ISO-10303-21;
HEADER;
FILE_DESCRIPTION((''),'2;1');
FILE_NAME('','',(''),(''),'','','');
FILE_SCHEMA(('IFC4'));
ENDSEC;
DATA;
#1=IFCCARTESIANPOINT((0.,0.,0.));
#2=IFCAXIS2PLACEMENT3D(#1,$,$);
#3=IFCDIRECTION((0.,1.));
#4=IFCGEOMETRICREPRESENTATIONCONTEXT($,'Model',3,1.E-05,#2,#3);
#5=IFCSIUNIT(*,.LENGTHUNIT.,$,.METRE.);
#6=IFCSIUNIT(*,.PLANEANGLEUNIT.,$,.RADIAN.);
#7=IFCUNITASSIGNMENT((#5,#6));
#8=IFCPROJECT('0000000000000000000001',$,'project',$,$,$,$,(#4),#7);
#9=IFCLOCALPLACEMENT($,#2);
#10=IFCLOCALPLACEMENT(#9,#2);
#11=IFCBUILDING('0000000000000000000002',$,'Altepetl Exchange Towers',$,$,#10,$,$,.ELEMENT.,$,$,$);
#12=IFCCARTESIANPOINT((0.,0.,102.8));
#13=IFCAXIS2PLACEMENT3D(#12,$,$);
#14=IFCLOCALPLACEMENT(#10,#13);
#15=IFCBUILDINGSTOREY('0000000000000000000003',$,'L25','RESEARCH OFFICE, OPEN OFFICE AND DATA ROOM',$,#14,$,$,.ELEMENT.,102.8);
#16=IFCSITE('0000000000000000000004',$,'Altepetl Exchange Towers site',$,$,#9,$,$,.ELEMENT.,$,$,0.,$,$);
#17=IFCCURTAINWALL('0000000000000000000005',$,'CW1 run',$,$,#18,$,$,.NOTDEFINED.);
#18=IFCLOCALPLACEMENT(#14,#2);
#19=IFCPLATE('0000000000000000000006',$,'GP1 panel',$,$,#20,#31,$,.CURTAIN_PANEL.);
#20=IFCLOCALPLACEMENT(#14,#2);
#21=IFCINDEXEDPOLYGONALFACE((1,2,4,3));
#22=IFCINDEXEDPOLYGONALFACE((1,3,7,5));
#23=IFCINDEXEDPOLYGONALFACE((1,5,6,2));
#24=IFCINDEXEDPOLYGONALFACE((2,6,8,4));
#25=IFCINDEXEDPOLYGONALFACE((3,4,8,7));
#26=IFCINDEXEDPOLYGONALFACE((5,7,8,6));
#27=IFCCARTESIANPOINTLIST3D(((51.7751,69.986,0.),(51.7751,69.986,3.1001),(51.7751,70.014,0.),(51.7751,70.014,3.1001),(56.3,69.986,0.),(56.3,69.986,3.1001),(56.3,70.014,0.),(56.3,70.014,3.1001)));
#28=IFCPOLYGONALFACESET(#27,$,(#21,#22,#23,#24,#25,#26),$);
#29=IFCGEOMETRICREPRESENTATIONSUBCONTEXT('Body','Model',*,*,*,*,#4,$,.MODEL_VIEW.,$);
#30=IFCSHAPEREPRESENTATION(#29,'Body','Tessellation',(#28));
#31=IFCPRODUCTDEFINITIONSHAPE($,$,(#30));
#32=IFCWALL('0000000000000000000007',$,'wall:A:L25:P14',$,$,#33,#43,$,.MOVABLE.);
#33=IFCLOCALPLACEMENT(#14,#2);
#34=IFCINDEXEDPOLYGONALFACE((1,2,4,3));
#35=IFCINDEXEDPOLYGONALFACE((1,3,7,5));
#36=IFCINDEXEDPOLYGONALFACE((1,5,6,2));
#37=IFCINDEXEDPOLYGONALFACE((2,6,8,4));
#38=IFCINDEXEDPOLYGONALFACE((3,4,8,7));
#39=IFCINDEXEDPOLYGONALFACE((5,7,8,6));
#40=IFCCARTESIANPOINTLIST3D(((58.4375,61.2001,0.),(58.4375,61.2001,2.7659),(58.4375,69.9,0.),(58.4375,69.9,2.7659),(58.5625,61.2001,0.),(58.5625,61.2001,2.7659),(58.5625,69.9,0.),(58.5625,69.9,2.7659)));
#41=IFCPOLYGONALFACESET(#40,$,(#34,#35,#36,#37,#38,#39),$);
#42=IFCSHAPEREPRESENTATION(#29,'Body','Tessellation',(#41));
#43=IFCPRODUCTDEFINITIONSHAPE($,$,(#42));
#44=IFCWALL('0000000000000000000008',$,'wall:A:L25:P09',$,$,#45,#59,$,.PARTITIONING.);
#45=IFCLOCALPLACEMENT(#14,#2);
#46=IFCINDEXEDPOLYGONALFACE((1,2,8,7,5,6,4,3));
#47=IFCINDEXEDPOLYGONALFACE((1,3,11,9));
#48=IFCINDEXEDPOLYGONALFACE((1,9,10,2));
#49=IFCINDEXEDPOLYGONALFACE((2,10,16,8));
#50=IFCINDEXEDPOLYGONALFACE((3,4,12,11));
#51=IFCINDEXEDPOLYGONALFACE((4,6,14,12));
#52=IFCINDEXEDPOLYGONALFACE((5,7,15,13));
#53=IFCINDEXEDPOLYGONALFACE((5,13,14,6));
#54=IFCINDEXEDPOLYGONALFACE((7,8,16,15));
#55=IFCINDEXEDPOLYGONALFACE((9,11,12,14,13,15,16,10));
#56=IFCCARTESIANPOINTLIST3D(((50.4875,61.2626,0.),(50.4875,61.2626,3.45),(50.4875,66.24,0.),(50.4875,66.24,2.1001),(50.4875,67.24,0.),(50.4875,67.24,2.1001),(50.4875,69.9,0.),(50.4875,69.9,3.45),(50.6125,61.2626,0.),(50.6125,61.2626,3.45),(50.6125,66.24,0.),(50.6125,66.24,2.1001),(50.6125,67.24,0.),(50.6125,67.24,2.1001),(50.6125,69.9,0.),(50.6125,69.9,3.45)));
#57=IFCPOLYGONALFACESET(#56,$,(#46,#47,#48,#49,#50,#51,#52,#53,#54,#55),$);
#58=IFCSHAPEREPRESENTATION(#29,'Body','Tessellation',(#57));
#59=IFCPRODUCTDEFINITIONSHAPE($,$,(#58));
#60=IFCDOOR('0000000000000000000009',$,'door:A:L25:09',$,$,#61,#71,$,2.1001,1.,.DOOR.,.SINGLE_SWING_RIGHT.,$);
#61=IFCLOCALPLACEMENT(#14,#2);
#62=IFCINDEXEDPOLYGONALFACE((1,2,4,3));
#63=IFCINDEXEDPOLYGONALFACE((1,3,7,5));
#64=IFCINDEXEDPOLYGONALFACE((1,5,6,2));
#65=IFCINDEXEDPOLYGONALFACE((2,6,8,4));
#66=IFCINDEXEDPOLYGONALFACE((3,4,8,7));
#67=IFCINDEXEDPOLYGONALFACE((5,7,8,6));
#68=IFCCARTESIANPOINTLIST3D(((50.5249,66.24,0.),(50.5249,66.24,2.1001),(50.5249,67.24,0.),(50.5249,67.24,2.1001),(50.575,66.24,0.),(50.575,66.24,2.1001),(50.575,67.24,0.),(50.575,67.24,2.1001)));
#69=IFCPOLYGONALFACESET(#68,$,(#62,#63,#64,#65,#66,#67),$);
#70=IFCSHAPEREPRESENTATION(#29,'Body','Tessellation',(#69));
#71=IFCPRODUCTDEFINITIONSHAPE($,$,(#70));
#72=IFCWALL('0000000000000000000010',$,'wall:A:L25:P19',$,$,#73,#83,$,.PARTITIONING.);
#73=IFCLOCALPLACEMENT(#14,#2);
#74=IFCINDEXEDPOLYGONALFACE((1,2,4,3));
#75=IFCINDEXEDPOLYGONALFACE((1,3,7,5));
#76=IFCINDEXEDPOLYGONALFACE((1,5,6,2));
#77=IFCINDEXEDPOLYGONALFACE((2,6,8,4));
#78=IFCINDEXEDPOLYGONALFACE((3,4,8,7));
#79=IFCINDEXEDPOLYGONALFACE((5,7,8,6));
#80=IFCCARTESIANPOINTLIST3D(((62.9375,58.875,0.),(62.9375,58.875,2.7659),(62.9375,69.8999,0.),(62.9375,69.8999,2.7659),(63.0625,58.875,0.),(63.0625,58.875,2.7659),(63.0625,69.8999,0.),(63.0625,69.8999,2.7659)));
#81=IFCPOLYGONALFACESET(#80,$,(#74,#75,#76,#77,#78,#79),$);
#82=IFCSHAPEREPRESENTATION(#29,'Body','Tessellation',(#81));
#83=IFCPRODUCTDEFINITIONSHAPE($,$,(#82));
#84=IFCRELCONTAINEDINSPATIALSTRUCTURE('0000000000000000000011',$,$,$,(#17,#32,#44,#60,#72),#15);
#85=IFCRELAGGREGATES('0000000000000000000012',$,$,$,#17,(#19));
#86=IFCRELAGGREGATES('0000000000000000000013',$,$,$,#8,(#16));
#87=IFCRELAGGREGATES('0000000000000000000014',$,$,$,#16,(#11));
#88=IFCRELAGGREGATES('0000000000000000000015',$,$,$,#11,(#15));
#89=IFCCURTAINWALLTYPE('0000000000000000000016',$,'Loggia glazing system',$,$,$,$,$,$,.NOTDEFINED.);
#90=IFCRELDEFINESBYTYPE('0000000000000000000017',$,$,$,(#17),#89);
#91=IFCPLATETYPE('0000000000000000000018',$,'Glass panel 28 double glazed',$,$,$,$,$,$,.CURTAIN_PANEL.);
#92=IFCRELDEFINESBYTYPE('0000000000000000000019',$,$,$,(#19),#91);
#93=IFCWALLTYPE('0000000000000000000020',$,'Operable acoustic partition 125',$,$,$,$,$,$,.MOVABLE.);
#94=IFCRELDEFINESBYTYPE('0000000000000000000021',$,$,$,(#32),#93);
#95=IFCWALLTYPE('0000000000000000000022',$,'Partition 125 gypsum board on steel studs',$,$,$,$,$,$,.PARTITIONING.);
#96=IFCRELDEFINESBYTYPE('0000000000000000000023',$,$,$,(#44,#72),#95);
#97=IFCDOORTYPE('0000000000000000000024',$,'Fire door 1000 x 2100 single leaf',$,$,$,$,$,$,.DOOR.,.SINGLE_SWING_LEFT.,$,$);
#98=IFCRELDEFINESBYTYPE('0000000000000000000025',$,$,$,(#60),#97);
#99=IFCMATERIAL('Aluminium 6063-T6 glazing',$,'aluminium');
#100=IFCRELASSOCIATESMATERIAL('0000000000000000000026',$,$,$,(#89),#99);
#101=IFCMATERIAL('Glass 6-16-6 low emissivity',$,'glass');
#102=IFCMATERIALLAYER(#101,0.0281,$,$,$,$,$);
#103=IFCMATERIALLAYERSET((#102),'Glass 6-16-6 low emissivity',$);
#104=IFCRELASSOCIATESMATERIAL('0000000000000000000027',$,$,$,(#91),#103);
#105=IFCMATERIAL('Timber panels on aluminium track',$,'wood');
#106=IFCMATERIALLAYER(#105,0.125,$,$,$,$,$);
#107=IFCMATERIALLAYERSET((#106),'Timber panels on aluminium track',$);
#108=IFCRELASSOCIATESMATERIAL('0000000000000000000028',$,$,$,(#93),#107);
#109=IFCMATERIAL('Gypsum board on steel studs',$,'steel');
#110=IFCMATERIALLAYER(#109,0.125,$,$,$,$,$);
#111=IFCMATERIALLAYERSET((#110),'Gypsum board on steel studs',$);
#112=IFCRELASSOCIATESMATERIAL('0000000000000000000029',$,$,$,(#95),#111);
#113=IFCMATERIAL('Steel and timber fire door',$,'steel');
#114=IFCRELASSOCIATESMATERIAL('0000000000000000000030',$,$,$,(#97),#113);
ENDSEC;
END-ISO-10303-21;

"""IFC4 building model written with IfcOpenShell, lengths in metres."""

from ifc_helpers import new_model, si_unit, direction, frame, frame_2d, origin, origin_2d, place, context, subcontext, project, spatial, rectangle, extrude, material, layer, layer_set, type_object, element, fill, aggregate, save


model = new_model("IFC4")

# Units and contexts
model_context = context("Model", 3, precision=1e-05, world=origin(), true_north=direction((0.0, 1.0)))
body_context = subcontext(model_context, "Body", "Model", "MODEL_VIEW")
ifc_project = project(units=[si_unit("LENGTHUNIT", "METRE"), si_unit("PLANEANGLEUNIT", "RADIAN")], contexts=[model_context])

# Site, building, storey
site_placement = place(None, origin())
site = spatial("IfcSite", under=ifc_project, at=site_placement, Name="Altepetl Exchange Towers site", CompositionType="ELEMENT", RefElevation=0.0)
building_placement = place(site_placement, origin())
building = spatial("IfcBuilding", under=site, at=building_placement, Name="Altepetl Exchange Towers", CompositionType="ELEMENT")
storey_placement = place(building_placement, frame((0.0, 0.0, 102.8)))
storey = spatial("IfcBuildingStorey", under=building, at=storey_placement, Name="L25", Description="RESEARCH OFFICE, OPEN OFFICE AND DATA ROOM", CompositionType="ELEMENT", Elevation=102.8)

# Curtain wall
ifc_material_1 = material(Name="Aluminium 6063-T6 glazing", Category="aluminium")
curtain_wall_type = type_object("IfcCurtainWallType", Name="Loggia glazing system", PredefinedType="NOTDEFINED", material=ifc_material_1)
curtain_wall_1_placement = place(storey_placement, origin())
curtain_wall_1 = element("IfcCurtainWall", 1, at=curtain_wall_1_placement, inside=storey, type_object=curtain_wall_type, Name="CW1 run", PredefinedType="NOTDEFINED")

# Plate
ifc_material_2 = material(Name="Glass 6-16-6 low emissivity", Category="glass")
ifc_layer_1 = layer(ifc_material_2, 0.0281)
ifc_layer_set_1 = layer_set([ifc_layer_1], Name="Glass 6-16-6 low emissivity")
plate_type = type_object("IfcPlateType", Name="Glass panel 28 double glazed", PredefinedType="CURTAIN_PANEL", material=ifc_layer_set_1)
plate_1_placement = place(storey_placement, frame((54.0376, 70.0, 0.0), z_axis=(0.0, 0.0, 1.0), x_axis=(-1.0, 0.0, 0.0)))
plate_1 = element("IfcPlate", 2, at=plate_1_placement, type_object=plate_type, Name="GP1 panel", PredefinedType="CURTAIN_PANEL", context=body_context, shape_type="SweptSolid", body=[
    extrude(rectangle(XDim=4.5249, YDim=0.0281, at=origin_2d()), origin(), (0.0, 0.0, 1.0), 3.1001),
])
aggregate(curtain_wall_1, [plate_1])

# Wall
ifc_material_3 = material(Name="Timber panels on aluminium track", Category="wood")
ifc_layer_2 = layer(ifc_material_3, 0.125)
ifc_layer_set_2 = layer_set([ifc_layer_2], Name="Timber panels on aluminium track")
wall_type_1 = type_object("IfcWallType", Name="Operable acoustic partition 125", PredefinedType="MOVABLE", material=ifc_layer_set_2)
wall_1_placement = place(storey_placement, frame((58.5, 61.2, 0.0), z_axis=(0.0, 0.0, 1.0), x_axis=(0.0, 1.0, 0.0)))
element("IfcWall", 3, at=wall_1_placement, inside=storey, type_object=wall_type_1, Name="wall:A:L25:P14", PredefinedType="MOVABLE", context=body_context, shape_type="SweptSolid", body=[
    extrude(rectangle(XDim=8.7, YDim=0.125, at=frame_2d((4.3501, 0.0))), origin(), (0.0, 0.0, 1.0), 2.7659),
])

# Wall, opening, door
ifc_material_4 = material(Name="Gypsum board on steel studs", Category="steel")
ifc_layer_3 = layer(ifc_material_4, 0.125)
ifc_layer_set_3 = layer_set([ifc_layer_3], Name="Gypsum board on steel studs")
wall_type_2 = type_object("IfcWallType", Name="Partition 125 gypsum board on steel studs", PredefinedType="PARTITIONING", material=ifc_layer_set_3)
wall_2_placement = place(storey_placement, frame((50.55, 61.2625, 0.0), z_axis=(0.0, 0.0, 1.0), x_axis=(0.0, 1.0, 0.0)))
wall_2 = element("IfcWall", 4, at=wall_2_placement, inside=storey, type_object=wall_type_2, Name="wall:A:L25:P09", PredefinedType="PARTITIONING", context=body_context, shape_type="SweptSolid", body=[
    extrude(rectangle(XDim=8.6375, YDim=0.125, at=frame_2d((4.3188, 0.0))), origin(), (0.0, 0.0, 1.0), 3.45),
])
opening_placement = place(wall_2_placement, frame((4.9775, 0.0, 0.0)))
opening = element("IfcOpeningElement", 5, at=opening_placement, cuts=wall_2, PredefinedType="OPENING", context=body_context, shape_type="SweptSolid", body=[
    extrude(rectangle(XDim=1.0, YDim=2.1001, at=frame_2d((0.5, 1.05))), frame((0.0, 0.0725, 0.0), z_axis=(0.0, -1.0, 0.0), x_axis=(1.0, 0.0, 0.0)), (0.0, 0.0, 1.0), 0.145),
])
ifc_material_5 = material(Name="Steel and timber fire door", Category="steel")
door_type = type_object("IfcDoorType", Name="Fire door 1000 x 2100 single leaf", OperationType="SINGLE_SWING_LEFT", PredefinedType="DOOR", material=ifc_material_5)
door_placement = place(opening_placement, frame((1.0, 0.0, 0.0), x_axis=(-1.0, 0.0, 0.0)))
door = element("IfcDoor", 6, at=door_placement, inside=storey, type_object=door_type, Name="door:A:L25:09", OperationType="SINGLE_SWING_RIGHT", OverallHeight=2.1001, OverallWidth=1.0, PredefinedType="DOOR", context=body_context, shape_type="SweptSolid", body=[
    extrude(rectangle(XDim=1.0, YDim=2.1001, at=frame_2d((0.5, 1.05))), frame((0.0, 0.0249, 0.0), z_axis=(0.0, -1.0, 0.0), x_axis=(1.0, 0.0, 0.0)), (0.0, 0.0, 1.0), 0.05),
])
fill(opening, door)

# Wall
wall_3_placement = place(storey_placement, frame((63.0, 58.875, 0.0), z_axis=(0.0, 0.0, 1.0), x_axis=(0.0, 1.0, 0.0)))
element("IfcWall", 7, at=wall_3_placement, inside=storey, type_object=wall_type_2, Name="wall:A:L25:P19", PredefinedType="PARTITIONING", context=body_context, shape_type="SweptSolid", body=[
    extrude(rectangle(XDim=11.0249, YDim=0.125, at=frame_2d((5.5125, 0.0))), origin(), (0.0, 0.0, 1.0), 2.7659),
])

save(model, "model.ifc")
